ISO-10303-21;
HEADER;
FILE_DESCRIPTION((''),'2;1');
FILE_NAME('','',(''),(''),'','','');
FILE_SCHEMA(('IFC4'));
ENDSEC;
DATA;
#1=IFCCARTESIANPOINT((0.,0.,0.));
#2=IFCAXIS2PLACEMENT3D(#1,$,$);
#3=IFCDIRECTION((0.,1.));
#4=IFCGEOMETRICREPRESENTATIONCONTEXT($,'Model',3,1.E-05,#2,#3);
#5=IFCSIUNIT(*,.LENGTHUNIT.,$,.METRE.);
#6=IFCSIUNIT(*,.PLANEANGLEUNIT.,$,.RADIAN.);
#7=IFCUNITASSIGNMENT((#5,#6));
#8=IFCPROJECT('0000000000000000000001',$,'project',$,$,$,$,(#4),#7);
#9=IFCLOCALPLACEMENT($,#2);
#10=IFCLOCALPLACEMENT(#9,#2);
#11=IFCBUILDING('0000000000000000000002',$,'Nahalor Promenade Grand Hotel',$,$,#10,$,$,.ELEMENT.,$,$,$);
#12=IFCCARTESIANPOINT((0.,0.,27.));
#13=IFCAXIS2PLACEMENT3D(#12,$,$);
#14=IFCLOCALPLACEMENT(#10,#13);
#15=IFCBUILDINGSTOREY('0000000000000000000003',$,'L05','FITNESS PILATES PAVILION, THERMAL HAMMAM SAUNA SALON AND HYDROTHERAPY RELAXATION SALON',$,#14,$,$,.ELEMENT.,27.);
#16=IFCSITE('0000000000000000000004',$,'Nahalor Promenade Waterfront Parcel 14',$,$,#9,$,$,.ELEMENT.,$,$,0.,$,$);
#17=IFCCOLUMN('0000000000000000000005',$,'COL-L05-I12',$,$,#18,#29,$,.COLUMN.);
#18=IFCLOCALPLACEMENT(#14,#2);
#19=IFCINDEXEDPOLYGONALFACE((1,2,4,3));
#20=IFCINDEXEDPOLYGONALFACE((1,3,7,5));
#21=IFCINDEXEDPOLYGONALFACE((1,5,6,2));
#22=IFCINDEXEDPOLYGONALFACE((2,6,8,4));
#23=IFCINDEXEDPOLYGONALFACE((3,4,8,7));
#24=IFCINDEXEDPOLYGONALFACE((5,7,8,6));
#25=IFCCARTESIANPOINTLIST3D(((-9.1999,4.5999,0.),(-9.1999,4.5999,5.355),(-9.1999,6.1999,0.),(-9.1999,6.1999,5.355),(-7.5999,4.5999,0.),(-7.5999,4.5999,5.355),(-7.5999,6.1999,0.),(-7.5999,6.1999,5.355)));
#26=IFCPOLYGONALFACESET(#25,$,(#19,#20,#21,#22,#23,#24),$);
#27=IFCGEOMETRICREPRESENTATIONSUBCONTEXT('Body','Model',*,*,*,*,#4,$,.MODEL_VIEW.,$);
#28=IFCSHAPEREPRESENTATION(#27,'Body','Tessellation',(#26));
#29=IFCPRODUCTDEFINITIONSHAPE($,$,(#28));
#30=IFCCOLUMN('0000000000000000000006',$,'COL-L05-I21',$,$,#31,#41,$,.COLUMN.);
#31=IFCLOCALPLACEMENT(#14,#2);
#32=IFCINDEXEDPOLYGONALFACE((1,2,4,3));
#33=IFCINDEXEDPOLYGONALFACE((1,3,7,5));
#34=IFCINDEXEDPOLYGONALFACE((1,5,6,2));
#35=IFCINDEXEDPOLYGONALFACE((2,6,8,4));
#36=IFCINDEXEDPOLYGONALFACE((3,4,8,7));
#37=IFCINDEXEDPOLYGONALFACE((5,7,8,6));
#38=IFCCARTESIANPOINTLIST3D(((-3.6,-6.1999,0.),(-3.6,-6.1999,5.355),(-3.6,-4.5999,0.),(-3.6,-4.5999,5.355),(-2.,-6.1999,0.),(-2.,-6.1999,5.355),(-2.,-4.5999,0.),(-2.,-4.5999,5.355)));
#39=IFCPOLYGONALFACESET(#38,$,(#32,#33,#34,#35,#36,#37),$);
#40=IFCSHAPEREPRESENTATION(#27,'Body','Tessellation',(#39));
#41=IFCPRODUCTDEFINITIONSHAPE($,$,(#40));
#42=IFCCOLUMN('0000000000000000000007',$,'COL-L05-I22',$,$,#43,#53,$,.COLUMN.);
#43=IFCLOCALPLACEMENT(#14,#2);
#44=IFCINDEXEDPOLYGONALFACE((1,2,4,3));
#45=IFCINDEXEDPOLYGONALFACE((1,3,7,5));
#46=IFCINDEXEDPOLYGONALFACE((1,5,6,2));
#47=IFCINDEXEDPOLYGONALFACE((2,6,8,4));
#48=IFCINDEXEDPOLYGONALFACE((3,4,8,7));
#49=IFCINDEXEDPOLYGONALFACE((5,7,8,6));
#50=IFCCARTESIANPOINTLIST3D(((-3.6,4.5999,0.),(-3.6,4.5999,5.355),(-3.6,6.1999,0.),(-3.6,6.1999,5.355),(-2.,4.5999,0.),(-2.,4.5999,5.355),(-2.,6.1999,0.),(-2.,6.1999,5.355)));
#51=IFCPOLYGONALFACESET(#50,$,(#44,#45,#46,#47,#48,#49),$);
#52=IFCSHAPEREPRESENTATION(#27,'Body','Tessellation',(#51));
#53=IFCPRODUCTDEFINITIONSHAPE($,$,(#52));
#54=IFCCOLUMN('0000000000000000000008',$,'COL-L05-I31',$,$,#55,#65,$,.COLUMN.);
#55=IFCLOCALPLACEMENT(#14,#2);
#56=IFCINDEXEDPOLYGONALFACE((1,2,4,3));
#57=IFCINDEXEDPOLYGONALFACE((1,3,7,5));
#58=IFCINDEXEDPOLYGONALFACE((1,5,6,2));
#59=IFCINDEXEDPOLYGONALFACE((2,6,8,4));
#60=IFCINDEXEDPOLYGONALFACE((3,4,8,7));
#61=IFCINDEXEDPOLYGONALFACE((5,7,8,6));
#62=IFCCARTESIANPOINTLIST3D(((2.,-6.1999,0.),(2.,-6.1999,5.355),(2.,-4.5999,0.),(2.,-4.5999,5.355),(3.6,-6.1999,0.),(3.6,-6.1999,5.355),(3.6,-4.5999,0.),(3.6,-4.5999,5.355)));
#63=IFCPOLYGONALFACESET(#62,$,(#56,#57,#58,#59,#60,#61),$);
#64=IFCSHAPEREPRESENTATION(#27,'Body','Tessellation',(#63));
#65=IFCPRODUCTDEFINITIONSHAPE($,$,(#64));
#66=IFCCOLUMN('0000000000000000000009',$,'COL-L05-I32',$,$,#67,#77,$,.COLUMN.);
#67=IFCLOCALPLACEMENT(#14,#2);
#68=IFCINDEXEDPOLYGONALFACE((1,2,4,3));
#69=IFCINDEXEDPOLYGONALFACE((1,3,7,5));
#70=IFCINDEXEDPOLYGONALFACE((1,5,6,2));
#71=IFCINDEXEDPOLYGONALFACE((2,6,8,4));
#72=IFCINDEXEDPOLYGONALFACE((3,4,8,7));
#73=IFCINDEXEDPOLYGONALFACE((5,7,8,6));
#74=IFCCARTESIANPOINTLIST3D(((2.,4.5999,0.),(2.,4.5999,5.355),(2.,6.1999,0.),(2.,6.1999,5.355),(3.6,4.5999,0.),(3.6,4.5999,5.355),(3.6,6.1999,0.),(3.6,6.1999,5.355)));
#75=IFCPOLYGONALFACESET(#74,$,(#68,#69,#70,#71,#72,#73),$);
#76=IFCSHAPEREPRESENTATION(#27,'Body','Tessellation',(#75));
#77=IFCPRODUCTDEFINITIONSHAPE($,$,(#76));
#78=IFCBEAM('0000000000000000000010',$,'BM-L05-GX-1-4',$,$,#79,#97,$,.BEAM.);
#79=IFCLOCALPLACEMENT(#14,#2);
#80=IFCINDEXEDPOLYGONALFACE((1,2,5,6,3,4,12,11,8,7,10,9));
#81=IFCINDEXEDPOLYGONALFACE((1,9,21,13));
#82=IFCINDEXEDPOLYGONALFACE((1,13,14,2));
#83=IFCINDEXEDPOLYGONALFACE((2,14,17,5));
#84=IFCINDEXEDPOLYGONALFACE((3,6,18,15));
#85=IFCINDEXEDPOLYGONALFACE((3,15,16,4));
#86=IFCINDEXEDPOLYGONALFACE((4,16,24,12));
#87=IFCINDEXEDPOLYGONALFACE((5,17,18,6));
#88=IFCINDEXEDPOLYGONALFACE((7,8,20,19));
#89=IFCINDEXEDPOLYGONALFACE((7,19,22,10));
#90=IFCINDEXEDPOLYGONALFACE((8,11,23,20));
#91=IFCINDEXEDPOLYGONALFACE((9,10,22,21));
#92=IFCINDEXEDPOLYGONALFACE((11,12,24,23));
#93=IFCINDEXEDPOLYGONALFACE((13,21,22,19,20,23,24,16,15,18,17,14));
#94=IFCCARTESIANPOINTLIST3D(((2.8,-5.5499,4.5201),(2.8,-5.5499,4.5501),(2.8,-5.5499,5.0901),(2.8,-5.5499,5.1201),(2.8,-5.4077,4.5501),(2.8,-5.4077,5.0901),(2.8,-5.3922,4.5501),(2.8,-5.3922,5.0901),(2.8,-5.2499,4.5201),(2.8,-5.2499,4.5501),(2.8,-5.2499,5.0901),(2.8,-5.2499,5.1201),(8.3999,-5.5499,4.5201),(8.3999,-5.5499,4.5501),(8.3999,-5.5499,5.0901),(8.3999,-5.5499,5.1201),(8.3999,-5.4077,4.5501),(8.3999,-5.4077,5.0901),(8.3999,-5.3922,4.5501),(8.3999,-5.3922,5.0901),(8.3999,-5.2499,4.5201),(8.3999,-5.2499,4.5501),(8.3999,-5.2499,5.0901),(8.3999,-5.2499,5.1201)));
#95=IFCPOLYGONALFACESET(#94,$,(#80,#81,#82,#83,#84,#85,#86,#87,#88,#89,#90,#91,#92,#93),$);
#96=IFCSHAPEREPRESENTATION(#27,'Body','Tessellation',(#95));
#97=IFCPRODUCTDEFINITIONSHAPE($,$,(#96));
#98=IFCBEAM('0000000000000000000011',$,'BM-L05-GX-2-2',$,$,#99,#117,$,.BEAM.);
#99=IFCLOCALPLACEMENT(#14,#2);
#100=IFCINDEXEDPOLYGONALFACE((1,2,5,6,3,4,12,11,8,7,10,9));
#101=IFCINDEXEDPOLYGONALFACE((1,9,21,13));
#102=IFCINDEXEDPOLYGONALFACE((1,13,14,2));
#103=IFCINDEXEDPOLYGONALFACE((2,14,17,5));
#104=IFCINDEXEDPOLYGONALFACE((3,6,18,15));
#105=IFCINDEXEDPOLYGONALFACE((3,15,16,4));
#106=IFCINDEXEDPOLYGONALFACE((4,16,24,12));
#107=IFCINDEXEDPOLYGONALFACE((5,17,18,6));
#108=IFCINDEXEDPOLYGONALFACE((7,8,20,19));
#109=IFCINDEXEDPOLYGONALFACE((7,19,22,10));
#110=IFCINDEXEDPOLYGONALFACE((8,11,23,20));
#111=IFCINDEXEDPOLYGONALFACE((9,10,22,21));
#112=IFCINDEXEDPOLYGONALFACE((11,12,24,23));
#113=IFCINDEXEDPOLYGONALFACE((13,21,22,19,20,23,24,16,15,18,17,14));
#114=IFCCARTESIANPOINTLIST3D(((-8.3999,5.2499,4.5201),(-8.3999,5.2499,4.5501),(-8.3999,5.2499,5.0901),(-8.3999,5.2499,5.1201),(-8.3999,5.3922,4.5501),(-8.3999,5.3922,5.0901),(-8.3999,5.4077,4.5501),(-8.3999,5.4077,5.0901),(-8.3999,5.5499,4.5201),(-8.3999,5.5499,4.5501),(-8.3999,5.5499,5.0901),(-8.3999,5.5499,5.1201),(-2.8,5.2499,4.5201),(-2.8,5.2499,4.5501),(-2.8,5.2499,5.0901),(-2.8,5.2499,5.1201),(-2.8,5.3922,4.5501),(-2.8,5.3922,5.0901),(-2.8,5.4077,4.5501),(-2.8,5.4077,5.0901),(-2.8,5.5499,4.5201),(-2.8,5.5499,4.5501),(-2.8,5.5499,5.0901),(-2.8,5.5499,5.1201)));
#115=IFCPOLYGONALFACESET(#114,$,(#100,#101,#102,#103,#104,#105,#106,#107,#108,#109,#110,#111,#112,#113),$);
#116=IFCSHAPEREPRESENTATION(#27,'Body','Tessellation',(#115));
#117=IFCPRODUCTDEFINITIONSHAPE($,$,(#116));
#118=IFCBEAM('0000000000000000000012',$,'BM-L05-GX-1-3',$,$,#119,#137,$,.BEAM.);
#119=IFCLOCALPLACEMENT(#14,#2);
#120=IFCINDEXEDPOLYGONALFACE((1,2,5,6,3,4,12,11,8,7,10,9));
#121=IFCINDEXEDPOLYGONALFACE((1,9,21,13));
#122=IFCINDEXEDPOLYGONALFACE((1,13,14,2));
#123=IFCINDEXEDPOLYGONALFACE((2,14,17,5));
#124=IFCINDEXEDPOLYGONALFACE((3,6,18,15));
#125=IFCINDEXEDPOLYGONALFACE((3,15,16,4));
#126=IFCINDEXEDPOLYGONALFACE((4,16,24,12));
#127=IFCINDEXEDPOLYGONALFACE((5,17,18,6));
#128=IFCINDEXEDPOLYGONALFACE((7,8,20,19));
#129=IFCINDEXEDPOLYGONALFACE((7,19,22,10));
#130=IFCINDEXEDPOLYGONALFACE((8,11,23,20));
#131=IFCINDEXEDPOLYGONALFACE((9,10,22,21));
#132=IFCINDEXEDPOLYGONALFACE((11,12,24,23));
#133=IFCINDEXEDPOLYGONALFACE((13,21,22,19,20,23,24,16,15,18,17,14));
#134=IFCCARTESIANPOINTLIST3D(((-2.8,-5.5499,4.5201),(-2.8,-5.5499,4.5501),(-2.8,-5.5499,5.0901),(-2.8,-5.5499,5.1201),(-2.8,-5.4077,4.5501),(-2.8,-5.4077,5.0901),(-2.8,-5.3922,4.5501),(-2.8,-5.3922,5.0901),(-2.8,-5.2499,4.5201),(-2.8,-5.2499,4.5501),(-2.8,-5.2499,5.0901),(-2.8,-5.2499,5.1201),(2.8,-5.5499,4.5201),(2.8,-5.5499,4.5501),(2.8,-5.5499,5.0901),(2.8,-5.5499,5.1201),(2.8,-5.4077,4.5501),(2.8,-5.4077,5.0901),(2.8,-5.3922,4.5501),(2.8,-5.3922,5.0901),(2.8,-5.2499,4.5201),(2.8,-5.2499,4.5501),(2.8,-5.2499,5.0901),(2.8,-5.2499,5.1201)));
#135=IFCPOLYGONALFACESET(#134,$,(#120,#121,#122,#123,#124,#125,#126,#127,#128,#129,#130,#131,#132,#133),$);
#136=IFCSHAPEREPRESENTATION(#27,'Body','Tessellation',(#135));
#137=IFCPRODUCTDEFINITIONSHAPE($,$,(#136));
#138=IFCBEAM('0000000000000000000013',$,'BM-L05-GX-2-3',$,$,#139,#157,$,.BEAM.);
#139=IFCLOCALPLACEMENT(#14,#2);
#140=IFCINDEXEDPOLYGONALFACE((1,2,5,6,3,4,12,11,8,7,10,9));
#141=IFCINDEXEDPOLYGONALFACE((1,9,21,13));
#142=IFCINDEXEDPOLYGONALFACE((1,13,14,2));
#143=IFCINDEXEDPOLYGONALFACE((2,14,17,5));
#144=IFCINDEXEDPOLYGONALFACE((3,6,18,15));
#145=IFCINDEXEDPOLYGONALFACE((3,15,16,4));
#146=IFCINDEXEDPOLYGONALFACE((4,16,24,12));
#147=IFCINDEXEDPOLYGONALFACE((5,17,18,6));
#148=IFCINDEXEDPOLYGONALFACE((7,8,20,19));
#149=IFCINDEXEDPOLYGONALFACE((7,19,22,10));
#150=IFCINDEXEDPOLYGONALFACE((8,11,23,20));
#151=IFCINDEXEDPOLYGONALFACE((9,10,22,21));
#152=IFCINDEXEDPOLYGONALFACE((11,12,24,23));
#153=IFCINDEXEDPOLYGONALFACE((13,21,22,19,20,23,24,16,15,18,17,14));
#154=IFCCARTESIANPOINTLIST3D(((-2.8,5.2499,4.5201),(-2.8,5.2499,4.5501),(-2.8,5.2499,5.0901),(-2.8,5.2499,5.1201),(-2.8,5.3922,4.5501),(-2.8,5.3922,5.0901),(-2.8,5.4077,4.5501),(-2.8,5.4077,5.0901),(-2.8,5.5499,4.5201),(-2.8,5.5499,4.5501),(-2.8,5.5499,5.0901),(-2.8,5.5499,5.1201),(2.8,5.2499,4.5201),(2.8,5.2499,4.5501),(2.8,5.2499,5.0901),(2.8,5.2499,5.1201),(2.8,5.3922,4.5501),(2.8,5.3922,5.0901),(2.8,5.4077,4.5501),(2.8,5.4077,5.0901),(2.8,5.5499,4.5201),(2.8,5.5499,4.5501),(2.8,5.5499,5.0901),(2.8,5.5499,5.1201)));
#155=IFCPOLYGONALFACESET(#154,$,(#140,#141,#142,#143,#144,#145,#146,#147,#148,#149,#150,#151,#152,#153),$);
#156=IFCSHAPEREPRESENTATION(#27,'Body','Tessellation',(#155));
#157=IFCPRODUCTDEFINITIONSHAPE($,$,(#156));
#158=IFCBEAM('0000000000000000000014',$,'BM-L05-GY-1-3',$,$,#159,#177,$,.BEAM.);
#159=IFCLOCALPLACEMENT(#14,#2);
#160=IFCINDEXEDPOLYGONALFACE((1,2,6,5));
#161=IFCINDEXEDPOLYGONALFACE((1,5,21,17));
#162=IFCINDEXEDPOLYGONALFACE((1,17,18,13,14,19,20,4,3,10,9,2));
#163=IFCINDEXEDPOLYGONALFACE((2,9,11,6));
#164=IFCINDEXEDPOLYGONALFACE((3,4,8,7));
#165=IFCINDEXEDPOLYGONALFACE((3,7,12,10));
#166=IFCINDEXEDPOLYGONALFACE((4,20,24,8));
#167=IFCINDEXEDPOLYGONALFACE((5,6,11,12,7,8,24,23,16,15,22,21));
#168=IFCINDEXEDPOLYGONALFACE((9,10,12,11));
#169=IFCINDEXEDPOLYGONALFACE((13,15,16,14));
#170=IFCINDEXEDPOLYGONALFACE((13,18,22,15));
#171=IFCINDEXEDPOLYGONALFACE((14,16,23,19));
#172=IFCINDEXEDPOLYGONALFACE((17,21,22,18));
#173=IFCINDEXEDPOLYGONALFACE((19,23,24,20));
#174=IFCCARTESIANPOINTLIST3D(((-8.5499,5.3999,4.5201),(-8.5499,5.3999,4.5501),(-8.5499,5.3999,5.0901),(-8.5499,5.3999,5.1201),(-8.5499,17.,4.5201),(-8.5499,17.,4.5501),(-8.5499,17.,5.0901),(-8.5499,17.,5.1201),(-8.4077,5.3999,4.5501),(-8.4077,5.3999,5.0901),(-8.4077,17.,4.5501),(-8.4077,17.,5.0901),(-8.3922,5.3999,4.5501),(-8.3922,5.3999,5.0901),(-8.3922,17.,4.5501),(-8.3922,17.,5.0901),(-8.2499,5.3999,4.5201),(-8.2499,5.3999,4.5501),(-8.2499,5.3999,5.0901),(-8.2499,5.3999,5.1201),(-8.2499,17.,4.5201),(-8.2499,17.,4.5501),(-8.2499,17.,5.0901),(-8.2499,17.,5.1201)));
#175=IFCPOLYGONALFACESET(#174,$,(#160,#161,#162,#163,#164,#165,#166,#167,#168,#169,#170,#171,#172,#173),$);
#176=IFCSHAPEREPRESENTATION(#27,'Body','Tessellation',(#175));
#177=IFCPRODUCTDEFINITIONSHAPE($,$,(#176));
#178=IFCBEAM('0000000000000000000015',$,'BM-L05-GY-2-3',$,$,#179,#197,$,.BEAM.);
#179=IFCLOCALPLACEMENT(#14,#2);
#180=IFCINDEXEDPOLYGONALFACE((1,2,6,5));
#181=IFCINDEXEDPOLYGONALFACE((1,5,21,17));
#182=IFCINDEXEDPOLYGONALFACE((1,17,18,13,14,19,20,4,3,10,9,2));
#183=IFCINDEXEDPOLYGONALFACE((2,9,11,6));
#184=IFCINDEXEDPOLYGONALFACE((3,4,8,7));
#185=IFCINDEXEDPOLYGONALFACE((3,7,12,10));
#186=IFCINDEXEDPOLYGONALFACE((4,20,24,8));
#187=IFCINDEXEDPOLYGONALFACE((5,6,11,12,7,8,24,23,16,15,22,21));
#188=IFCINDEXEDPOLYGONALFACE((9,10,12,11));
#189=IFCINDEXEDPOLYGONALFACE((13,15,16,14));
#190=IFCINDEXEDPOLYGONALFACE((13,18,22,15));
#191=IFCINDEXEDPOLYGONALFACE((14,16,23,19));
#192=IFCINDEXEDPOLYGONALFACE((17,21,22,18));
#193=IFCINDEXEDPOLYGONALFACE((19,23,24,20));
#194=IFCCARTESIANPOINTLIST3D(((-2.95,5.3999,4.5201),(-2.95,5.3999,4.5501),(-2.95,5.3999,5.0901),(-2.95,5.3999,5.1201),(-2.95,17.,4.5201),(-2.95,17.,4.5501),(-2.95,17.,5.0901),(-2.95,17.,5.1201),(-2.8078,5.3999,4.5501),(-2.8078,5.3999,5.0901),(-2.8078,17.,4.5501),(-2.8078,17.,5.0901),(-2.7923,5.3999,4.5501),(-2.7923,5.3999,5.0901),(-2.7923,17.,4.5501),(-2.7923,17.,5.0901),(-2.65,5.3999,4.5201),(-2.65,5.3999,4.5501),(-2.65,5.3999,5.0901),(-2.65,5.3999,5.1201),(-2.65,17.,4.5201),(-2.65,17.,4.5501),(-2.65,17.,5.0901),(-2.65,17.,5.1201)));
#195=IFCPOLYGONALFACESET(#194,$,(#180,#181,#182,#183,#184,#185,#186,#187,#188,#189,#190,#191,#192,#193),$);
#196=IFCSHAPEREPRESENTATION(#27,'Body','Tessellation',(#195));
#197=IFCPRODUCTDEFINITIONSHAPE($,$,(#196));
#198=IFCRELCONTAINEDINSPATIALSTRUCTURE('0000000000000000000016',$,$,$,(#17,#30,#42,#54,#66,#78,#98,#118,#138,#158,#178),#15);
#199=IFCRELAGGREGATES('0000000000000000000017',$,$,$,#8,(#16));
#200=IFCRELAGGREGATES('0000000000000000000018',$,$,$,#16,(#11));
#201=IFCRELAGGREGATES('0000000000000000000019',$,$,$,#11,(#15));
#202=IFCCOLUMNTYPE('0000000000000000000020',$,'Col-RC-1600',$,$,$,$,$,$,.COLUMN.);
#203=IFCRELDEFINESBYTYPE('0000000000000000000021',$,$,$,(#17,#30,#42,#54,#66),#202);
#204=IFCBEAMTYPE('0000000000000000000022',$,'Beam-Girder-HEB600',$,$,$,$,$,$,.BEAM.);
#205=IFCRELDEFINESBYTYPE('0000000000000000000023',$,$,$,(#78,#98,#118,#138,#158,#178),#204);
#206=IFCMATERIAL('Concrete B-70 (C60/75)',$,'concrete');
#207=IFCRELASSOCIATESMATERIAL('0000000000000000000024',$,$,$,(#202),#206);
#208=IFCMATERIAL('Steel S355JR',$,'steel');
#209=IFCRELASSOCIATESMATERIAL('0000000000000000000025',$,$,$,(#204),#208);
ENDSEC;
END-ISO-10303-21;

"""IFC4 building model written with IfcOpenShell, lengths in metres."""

from ifc_helpers import new_model, si_unit, direction, frame, origin, origin_2d, place, context, subcontext, project, spatial, rectangle, i_section, extrude, source, transform, mapped, material, material_profile, profile_set, type_object, element, save


model = new_model("IFC4")

# Units and contexts
model_context = context("Model", 3, precision=1e-05, world=origin(), true_north=direction((0.0, 1.0)))
body_context = subcontext(model_context, "Body", "Model", "MODEL_VIEW")
ifc_project = project(units=[si_unit("LENGTHUNIT", "METRE"), si_unit("PLANEANGLEUNIT", "RADIAN")], contexts=[model_context])

# Site, building, storey
site_placement = place(None, origin())
site = spatial("IfcSite", under=ifc_project, at=site_placement, Name="Nahalor Promenade Waterfront Parcel 14", CompositionType="ELEMENT", RefElevation=0.0)
building_placement = place(site_placement, origin())
building = spatial("IfcBuilding", under=site, at=building_placement, Name="Nahalor Promenade Grand Hotel", CompositionType="ELEMENT")
storey_placement = place(building_placement, frame((0.0, 0.0, 27.0)))
storey = spatial("IfcBuildingStorey", under=building, at=storey_placement, Name="L05", Description="FITNESS PILATES PAVILION, THERMAL HAMMAM SAUNA SALON AND HYDROTHERAPY RELAXATION SALON", CompositionType="ELEMENT", Elevation=27.0)

# Columns
ifc_material_1 = material(Name="Concrete B-70 (C60/75)", Category="concrete")
ifc_material_profile_1 = material_profile(ifc_material_1, rectangle(XDim=1.6, YDim=1.6, at=origin_2d()), Name="RC 1600x1600")
ifc_profile_set_1 = profile_set([ifc_material_profile_1], Name="Concrete B-70 (C60/75)")
column_type = type_object("IfcColumnType", Name="Col-RC-1600", PredefinedType="COLUMN", material=ifc_profile_set_1)
shared_shape_1 = source(origin(), body_context, "Body", "SweptSolid", [
    extrude(rectangle(XDim=1.6, YDim=1.6, at=origin_2d()), origin(), (0.0, 0.0, 1.0), 5.355),
])
for number, where, z_axis, x_axis, name in (
    (1, (-8.3999, 5.3999, 0.0), (0.0, 0.0, 1.0), (1.0, 0.0, 0.0), "COL-L05-I12"),
    (2, (-2.8, -5.3999, 0.0), (0.0, 0.0, 1.0), (1.0, 0.0, 0.0), "COL-L05-I21"),
    (3, (-2.8, 5.3999, 0.0), (0.0, 0.0, 1.0), (1.0, 0.0, 0.0), "COL-L05-I22"),
    (4, (2.8, -5.3999, 0.0), (0.0, 0.0, 1.0), (1.0, 0.0, 0.0), "COL-L05-I31"),
    (5, (2.8, 5.3999, 0.0), (0.0, 0.0, 1.0), (1.0, 0.0, 0.0), "COL-L05-I32"),
):
    element("IfcColumn", number, at=place(storey_placement, frame(where, z_axis=z_axis, x_axis=x_axis)), inside=storey, type_object=column_type, Name=name, PredefinedType="COLUMN", context=body_context, shape_type="MappedRepresentation", body=[
        mapped(shared_shape_1, transform((0.0, 0.0, 0.0), scale=1.0)),
    ])

# Beams
ifc_material_2 = material(Name="Steel S355JR", Category="steel")
ifc_material_profile_2 = material_profile(ifc_material_2, i_section(OverallWidth=0.3, OverallDepth=0.6, WebThickness=0.0155, FlangeThickness=0.03, at=origin_2d()), Name="HEB 600")
ifc_profile_set_2 = profile_set([ifc_material_profile_2], Name="Steel S355JR")
beam_type = type_object("IfcBeamType", Name="Beam-Girder-HEB600", PredefinedType="BEAM", material=ifc_profile_set_2)
shared_shape_2 = source(origin(), body_context, "Body", "SweptSolid", [
    extrude(i_section(OverallWidth=0.3, OverallDepth=0.6, WebThickness=0.0155, FlangeThickness=0.03, at=origin_2d()), origin(), (0.0, 0.0, 1.0), 5.5999),
])
for number, where, z_axis, x_axis, name in (
    (6, (2.8, -5.3999, 4.8201), (1.0, 0.0, 0.0), (0.0, 1.0, 0.0), "BM-L05-GX-1-4"),
    (7, (-8.3999, 5.3999, 4.8201), (1.0, 0.0, 0.0), (0.0, 1.0, 0.0), "BM-L05-GX-2-2"),
):
    element("IfcBeam", number, at=place(storey_placement, frame(where, z_axis=z_axis, x_axis=x_axis)), inside=storey, type_object=beam_type, Name=name, PredefinedType="BEAM", context=body_context, shape_type="MappedRepresentation", body=[
        mapped(shared_shape_2, transform((0.0, 0.0, 0.0), scale=1.0)),
    ])
shared_shape_3 = source(origin(), body_context, "Body", "SweptSolid", [
    extrude(i_section(OverallWidth=0.3, OverallDepth=0.6, WebThickness=0.0155, FlangeThickness=0.03, at=origin_2d()), origin(), (0.0, 0.0, 1.0), 5.6001),
])
for number, where, z_axis, x_axis, name in (
    (8, (-2.8, -5.3999, 4.8201), (1.0, 0.0, 0.0), (0.0, 1.0, 0.0), "BM-L05-GX-1-3"),
    (9, (-2.8, 5.3999, 4.8201), (1.0, 0.0, 0.0), (0.0, 1.0, 0.0), "BM-L05-GX-2-3"),
):
    element("IfcBeam", number, at=place(storey_placement, frame(where, z_axis=z_axis, x_axis=x_axis)), inside=storey, type_object=beam_type, Name=name, PredefinedType="BEAM", context=body_context, shape_type="MappedRepresentation", body=[
        mapped(shared_shape_3, transform((0.0, 0.0, 0.0), scale=1.0)),
    ])
shared_shape_4 = source(origin(), body_context, "Body", "SweptSolid", [
    extrude(i_section(OverallWidth=0.3, OverallDepth=0.6, WebThickness=0.0155, FlangeThickness=0.03, at=origin_2d()), origin(), (0.0, 0.0, 1.0), 11.6001),
])
for number, where, z_axis, x_axis, name in (
    (10, (-8.3999, 5.3999, 4.8201), (0.0, 1.0, 0.0), (-1.0, 0.0, 0.0), "BM-L05-GY-1-3"),
    (11, (-2.8, 5.3999, 4.8201), (0.0, 1.0, 0.0), (-1.0, 0.0, 0.0), "BM-L05-GY-2-3"),
):
    element("IfcBeam", number, at=place(storey_placement, frame(where, z_axis=z_axis, x_axis=x_axis)), inside=storey, type_object=beam_type, Name=name, PredefinedType="BEAM", context=body_context, shape_type="MappedRepresentation", body=[
        mapped(shared_shape_4, transform((0.0, 0.0, 0.0), scale=1.0)),
    ])

save(model, "model.ifc")
